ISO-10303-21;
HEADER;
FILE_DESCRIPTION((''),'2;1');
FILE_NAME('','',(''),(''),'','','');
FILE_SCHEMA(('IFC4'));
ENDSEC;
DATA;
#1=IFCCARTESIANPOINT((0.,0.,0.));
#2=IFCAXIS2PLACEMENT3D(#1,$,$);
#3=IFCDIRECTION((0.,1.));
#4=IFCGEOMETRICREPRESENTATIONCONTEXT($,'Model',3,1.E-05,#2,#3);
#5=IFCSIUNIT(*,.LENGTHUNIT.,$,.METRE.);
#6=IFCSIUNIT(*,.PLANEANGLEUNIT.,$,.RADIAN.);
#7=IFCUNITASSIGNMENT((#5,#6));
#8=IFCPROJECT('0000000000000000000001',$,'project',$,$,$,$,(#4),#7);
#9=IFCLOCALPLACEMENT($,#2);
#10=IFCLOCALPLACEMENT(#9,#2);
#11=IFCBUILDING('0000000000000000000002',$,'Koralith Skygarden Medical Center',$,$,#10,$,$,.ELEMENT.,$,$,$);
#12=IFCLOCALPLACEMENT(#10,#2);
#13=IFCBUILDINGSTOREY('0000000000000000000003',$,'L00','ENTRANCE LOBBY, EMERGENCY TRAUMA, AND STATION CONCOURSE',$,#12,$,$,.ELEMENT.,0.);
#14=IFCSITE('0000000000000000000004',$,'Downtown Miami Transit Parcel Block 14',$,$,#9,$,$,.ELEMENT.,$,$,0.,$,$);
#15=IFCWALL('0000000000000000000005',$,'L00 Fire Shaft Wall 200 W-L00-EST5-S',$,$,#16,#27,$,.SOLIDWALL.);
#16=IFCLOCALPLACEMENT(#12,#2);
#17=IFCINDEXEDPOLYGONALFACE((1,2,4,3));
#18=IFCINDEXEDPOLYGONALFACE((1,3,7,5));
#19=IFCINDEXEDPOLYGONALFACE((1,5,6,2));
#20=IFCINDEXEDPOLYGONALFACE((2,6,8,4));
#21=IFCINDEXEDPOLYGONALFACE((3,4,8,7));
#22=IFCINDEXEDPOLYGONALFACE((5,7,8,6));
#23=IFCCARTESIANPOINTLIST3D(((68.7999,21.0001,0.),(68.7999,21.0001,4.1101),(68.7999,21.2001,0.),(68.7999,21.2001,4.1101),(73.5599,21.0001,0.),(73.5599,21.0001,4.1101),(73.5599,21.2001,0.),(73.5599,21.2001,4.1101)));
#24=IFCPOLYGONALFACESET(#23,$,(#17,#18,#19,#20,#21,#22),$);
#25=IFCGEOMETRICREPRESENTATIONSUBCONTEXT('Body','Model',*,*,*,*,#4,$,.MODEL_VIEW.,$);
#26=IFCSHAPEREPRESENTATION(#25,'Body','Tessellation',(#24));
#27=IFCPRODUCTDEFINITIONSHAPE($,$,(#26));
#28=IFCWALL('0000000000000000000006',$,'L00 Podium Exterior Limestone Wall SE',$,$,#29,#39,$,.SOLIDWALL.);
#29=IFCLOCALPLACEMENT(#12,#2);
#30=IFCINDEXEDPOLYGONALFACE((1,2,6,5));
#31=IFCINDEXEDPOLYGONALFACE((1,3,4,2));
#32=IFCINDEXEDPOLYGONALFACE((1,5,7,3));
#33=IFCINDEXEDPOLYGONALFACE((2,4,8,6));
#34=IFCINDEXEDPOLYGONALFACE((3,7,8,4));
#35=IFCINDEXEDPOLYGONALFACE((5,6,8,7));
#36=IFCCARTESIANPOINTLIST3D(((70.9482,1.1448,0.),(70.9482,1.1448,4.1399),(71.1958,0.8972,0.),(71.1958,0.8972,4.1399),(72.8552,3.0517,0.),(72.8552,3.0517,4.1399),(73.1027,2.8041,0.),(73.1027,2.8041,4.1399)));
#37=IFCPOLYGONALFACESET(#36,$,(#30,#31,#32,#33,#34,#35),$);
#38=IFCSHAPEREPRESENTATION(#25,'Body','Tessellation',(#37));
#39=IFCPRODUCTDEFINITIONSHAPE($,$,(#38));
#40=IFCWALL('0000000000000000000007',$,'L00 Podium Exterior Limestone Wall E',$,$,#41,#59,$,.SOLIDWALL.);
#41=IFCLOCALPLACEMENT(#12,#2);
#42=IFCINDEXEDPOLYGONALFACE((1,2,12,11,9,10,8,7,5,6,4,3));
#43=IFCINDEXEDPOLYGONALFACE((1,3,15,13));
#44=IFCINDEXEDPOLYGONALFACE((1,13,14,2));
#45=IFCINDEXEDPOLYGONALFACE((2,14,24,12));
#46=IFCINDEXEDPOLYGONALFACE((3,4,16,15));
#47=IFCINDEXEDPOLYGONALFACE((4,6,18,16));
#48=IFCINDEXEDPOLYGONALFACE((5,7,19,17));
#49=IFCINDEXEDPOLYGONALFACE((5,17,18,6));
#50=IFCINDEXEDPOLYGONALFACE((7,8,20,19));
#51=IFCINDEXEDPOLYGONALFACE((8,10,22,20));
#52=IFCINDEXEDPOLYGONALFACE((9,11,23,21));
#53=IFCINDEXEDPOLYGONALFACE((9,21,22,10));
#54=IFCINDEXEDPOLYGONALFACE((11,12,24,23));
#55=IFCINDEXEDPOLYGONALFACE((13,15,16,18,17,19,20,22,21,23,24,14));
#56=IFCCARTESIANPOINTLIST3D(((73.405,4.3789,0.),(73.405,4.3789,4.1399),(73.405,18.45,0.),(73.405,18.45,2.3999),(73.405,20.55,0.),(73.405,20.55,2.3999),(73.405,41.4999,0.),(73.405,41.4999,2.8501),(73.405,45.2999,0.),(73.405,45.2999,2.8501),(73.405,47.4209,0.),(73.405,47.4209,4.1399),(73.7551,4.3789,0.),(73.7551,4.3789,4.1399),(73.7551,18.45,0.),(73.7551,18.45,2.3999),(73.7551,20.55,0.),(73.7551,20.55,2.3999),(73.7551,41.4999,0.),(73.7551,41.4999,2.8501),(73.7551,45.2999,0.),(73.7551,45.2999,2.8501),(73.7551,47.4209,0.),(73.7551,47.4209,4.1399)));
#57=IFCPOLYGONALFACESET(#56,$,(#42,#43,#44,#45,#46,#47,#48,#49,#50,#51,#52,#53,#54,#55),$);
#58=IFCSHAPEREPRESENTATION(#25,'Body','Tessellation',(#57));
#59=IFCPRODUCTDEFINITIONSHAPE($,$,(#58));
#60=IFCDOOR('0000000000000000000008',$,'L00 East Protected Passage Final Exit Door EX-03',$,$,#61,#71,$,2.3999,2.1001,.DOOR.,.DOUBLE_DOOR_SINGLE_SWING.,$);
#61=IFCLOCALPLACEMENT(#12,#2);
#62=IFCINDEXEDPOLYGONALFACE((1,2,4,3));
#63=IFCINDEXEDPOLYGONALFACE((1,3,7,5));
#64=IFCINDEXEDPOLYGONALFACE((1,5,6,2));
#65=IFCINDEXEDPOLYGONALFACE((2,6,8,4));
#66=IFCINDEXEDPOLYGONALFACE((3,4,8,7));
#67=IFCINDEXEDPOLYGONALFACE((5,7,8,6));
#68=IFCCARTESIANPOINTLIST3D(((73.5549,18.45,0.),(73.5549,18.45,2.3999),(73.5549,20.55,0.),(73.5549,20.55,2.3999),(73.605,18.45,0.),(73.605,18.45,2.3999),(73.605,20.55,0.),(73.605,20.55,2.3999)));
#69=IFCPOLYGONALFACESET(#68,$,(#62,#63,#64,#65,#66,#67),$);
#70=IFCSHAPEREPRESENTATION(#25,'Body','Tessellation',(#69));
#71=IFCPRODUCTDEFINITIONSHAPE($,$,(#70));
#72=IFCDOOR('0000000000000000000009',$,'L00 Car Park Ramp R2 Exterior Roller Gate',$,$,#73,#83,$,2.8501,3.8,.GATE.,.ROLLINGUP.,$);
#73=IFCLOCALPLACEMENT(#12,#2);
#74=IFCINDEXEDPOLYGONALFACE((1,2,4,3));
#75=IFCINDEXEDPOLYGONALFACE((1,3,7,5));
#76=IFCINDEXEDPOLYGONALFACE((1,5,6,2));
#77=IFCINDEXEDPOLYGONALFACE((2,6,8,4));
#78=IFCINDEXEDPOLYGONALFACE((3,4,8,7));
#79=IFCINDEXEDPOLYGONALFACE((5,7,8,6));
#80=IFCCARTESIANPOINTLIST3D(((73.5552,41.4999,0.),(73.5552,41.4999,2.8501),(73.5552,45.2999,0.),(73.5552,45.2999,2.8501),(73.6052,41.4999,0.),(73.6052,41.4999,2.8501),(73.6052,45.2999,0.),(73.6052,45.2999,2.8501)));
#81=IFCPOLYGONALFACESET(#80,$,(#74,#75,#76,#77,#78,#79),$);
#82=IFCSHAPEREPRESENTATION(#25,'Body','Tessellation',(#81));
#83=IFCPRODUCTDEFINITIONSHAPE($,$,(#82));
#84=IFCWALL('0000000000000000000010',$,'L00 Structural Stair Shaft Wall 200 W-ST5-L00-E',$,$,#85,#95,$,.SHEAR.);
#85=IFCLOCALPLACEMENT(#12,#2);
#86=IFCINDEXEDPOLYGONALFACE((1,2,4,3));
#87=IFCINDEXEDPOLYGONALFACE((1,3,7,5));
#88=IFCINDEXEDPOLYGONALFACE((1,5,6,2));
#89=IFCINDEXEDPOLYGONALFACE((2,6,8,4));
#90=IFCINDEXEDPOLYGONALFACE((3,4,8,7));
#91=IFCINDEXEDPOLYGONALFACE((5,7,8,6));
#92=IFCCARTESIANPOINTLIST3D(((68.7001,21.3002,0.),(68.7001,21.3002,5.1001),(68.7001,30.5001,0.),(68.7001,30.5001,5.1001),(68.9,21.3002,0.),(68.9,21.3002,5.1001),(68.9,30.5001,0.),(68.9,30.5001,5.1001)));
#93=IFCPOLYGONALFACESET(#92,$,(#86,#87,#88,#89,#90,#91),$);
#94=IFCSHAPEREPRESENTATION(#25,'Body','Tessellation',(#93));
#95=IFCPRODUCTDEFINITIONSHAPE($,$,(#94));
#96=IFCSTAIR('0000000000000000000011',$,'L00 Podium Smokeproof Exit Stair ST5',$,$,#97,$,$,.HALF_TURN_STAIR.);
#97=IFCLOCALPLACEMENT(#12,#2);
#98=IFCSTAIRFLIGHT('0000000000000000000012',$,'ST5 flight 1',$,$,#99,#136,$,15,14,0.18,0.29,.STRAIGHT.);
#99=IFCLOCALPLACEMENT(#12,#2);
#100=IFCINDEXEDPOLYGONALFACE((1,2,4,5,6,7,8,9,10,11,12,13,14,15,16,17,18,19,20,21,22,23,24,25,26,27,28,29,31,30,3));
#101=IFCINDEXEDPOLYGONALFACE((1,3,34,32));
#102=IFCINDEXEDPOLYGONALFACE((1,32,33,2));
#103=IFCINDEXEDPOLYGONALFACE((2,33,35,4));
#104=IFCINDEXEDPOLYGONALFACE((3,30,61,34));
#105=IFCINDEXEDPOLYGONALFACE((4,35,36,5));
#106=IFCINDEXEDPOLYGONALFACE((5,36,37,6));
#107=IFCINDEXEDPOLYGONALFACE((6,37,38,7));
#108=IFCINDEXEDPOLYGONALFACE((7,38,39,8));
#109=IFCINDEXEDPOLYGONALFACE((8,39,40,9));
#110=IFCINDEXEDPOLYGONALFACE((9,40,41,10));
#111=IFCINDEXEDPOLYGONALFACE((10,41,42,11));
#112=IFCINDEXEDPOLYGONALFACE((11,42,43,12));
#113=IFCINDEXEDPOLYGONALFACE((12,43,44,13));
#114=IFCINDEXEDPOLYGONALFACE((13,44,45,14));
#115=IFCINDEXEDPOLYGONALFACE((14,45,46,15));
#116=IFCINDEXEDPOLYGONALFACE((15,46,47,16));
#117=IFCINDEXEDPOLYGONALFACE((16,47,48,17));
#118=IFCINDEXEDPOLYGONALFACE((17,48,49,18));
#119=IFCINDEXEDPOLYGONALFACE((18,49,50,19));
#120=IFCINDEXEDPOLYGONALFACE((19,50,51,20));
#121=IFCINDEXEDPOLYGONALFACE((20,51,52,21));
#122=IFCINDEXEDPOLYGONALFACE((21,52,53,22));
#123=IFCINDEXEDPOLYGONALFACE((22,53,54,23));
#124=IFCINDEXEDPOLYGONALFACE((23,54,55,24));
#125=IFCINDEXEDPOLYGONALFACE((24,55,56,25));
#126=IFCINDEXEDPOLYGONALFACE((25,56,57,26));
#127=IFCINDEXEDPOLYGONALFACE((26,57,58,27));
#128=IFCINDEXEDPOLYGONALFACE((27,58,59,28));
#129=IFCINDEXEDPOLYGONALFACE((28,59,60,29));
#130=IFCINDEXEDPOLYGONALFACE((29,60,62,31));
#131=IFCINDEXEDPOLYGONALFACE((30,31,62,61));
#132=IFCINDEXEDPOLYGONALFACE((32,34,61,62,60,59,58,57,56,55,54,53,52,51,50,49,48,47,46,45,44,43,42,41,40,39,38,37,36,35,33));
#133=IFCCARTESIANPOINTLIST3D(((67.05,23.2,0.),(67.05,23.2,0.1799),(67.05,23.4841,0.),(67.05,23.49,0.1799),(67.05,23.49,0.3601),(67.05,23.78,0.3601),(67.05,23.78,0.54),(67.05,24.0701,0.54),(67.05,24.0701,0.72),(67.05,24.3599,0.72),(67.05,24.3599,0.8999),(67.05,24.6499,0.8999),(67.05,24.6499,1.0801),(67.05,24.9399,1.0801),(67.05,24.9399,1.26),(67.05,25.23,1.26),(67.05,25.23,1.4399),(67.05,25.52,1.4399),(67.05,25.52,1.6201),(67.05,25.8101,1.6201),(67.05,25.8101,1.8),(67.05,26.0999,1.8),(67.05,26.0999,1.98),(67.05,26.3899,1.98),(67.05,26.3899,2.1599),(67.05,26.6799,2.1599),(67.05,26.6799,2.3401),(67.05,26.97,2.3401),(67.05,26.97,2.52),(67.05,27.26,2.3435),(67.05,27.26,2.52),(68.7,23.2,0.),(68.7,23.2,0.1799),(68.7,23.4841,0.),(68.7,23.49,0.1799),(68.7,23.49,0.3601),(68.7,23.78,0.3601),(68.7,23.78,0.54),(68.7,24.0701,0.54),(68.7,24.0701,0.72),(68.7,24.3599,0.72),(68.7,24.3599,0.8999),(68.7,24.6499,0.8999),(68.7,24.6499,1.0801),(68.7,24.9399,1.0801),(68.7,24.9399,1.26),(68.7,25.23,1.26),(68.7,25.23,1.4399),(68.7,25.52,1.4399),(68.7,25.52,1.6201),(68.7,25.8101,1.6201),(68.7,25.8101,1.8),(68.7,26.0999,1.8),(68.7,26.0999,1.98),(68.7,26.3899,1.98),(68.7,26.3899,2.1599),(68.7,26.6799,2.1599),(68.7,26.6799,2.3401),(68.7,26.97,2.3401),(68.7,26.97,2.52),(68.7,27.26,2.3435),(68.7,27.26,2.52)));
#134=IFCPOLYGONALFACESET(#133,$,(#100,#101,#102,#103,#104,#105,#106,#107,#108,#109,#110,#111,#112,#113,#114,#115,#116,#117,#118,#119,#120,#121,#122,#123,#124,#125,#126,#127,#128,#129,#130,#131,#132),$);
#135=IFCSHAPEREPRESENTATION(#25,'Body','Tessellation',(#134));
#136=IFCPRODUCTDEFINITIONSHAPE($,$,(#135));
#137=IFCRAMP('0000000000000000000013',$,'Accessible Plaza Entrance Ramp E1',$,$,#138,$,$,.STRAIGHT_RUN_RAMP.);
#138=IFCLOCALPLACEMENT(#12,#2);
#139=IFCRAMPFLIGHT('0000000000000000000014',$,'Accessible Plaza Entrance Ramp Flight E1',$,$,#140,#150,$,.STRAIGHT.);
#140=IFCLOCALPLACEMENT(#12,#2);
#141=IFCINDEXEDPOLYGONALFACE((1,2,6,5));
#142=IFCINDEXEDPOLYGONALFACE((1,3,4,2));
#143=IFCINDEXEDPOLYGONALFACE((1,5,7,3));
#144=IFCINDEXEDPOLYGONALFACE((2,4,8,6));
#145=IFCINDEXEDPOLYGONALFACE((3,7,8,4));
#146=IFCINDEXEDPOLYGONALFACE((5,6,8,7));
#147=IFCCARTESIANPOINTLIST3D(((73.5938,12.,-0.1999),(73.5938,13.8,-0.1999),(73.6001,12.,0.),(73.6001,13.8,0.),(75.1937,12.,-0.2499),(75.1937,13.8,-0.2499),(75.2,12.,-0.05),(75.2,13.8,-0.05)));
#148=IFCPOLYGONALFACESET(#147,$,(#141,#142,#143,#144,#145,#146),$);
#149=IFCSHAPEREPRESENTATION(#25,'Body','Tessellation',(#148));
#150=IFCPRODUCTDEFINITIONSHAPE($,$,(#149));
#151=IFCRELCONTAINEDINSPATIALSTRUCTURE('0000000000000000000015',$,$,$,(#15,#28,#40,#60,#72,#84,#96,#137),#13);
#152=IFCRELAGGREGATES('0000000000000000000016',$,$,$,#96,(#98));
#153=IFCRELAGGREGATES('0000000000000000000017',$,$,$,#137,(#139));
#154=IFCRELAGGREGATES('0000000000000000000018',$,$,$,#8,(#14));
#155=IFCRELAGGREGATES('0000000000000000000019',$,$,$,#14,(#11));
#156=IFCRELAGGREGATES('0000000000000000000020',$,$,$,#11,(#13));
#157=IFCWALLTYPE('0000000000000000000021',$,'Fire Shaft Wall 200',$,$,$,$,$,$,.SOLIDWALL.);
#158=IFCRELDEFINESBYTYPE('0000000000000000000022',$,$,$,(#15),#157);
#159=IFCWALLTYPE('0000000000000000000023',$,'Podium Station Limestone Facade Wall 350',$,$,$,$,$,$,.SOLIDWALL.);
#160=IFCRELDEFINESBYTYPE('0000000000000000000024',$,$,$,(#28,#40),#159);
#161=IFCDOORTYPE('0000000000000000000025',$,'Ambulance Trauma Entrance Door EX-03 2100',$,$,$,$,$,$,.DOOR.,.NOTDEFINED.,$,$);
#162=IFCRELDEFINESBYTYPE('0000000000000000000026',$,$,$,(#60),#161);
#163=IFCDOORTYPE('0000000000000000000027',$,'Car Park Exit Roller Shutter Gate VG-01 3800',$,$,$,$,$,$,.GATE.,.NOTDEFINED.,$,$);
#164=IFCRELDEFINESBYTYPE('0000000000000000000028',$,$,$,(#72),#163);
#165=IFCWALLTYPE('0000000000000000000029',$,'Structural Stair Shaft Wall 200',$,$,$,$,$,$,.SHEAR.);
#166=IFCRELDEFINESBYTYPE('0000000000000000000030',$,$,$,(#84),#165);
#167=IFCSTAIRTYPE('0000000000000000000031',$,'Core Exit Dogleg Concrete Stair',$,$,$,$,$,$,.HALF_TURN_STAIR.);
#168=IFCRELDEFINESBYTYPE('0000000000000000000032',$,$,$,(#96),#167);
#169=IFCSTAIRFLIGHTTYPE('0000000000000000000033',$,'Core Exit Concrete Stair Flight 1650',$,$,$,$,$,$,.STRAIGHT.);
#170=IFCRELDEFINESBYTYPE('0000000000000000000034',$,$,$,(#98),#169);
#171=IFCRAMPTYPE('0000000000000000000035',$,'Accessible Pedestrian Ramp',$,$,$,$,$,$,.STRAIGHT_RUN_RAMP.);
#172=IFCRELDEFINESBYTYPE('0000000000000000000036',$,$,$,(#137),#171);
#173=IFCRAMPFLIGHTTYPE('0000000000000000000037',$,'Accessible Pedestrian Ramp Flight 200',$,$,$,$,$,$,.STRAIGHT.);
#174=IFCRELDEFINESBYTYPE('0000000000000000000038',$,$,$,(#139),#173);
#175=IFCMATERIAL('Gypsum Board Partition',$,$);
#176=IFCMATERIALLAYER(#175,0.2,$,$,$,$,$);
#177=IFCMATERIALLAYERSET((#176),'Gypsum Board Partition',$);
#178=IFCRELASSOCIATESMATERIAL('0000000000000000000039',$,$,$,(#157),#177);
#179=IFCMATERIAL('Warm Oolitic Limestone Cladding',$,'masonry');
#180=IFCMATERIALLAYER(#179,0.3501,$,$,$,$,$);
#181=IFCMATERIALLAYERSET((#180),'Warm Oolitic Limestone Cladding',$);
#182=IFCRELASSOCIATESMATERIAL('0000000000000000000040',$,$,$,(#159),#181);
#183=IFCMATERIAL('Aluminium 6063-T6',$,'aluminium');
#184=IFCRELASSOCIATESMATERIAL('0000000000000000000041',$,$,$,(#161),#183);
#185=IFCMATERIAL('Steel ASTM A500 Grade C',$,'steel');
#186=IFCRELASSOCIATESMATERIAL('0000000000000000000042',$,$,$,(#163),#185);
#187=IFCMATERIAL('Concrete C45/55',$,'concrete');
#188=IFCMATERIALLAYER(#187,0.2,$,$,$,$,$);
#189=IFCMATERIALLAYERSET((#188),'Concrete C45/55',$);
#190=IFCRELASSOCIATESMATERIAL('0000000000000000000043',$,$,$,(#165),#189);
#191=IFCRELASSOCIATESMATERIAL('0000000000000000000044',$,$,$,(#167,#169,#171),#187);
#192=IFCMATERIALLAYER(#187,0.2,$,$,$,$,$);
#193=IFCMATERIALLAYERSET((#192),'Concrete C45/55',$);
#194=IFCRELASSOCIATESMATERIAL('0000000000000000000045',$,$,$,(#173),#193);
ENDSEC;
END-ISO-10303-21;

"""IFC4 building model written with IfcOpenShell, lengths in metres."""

from ifc_helpers import new_model, si_unit, direction, frame, frame_2d, origin, place, context, subcontext, project, spatial, polyline, rectangle, outline, extrude, material, layer, layer_set, type_object, element, fill, aggregate, save


model = new_model("IFC4")

# Units and contexts
model_context = context("Model", 3, precision=1e-05, world=origin(), true_north=direction((0.0, 1.0)))
body_context = subcontext(model_context, "Body", "Model", "MODEL_VIEW")
ifc_project = project(units=[si_unit("LENGTHUNIT", "METRE"), si_unit("PLANEANGLEUNIT", "RADIAN")], contexts=[model_context])

# Site, building, storey
site_placement = place(None, origin())
site = spatial("IfcSite", under=ifc_project, at=site_placement, Name="Downtown Miami Transit Parcel Block 14", CompositionType="ELEMENT", RefElevation=0.0)
building_placement = place(site_placement, origin())
building = spatial("IfcBuilding", under=site, at=building_placement, Name="Koralith Skygarden Medical Center", CompositionType="ELEMENT")
storey_placement = place(building_placement, origin())
storey = spatial("IfcBuildingStorey", under=building, at=storey_placement, Name="L00", Description="ENTRANCE LOBBY, EMERGENCY TRAUMA, AND STATION CONCOURSE", CompositionType="ELEMENT", Elevation=0.0)

# Shared definitions
ifc_material_1 = material(Name="Warm Oolitic Limestone Cladding", Category="masonry")

# Walls
ifc_material_2 = material(Name="Gypsum Board Partition")
ifc_layer_1 = layer(ifc_material_2, 0.2)
ifc_layer_set_1 = layer_set([ifc_layer_1], Name="Gypsum Board Partition")
wall_type_1 = type_object("IfcWallType", Name="Fire Shaft Wall 200", PredefinedType="SOLIDWALL", material=ifc_layer_set_1)
wall_1_placement = place(storey_placement, frame((68.8, 21.1001, 0.0), z_axis=(0.0, 0.0, 1.0), x_axis=(1.0, 0.0, 0.0)))
element("IfcWall", 1, at=wall_1_placement, inside=storey, type_object=wall_type_1, Name="L00 Fire Shaft Wall 200 W-L00-EST5-S", PredefinedType="SOLIDWALL", context=body_context, shape_type="SweptSolid", body=[
    extrude(rectangle(XDim=4.76, YDim=0.2, at=frame_2d((2.3799, 0.0))), origin(), (0.0, 0.0, 1.0), 4.1101),
])
ifc_layer_2 = layer(ifc_material_1, 0.3501)
ifc_layer_set_2 = layer_set([ifc_layer_2], Name="Warm Oolitic Limestone Cladding")
wall_type_2 = type_object("IfcWallType", Name="Podium Station Limestone Facade Wall 350", PredefinedType="SOLIDWALL", material=ifc_layer_set_2)
wall_2_placement = place(storey_placement, frame((71.072, 1.021, 0.0), z_axis=(0.0, 0.0, 1.0), x_axis=(0.707107, 0.707107, 0.0)))
element("IfcWall", 2, at=wall_2_placement, inside=storey, type_object=wall_type_2, Name="L00 Podium Exterior Limestone Wall SE", PredefinedType="SOLIDWALL", context=body_context, shape_type="SweptSolid", body=[
    extrude(rectangle(XDim=2.6968, YDim=0.3501, at=frame_2d((1.3484, 0.0))), origin(), (0.0, 0.0, 1.0), 4.1399),
])

# Wall, openings, doors
wall_3_placement = place(storey_placement, frame((73.5801, 4.3789, 0.0), z_axis=(0.0, 0.0, 1.0), x_axis=(0.0, 1.0, 0.0)))
wall_3 = element("IfcWall", 3, at=wall_3_placement, inside=storey, type_object=wall_type_2, Name="L00 Podium Exterior Limestone Wall E", PredefinedType="SOLIDWALL", context=body_context, shape_type="SweptSolid", body=[
    extrude(rectangle(XDim=43.042, YDim=0.3501, at=frame_2d((21.521, 0.0))), origin(), (0.0, 0.0, 1.0), 4.1399),
])
opening_1_placement = place(wall_3_placement, frame((14.071, 0.0, 0.0)))
opening_1 = element("IfcOpeningElement", 4, at=opening_1_placement, cuts=wall_3, PredefinedType="OPENING", context=body_context, shape_type="SweptSolid", body=[
    extrude(rectangle(XDim=2.1001, YDim=2.3999, at=frame_2d((1.05, 1.2))), frame((0.0, 0.1851, 0.0), z_axis=(0.0, -1.0, 0.0), x_axis=(1.0, 0.0, 0.0)), (0.0, 0.0, 1.0), 0.3701),
])
opening_2_placement = place(wall_3_placement, frame((37.1211, 0.0, 0.0)))
opening_2 = element("IfcOpeningElement", 5, at=opening_2_placement, cuts=wall_3, PredefinedType="OPENING", context=body_context, shape_type="SweptSolid", body=[
    extrude(rectangle(XDim=3.8, YDim=2.8501, at=frame_2d((1.8999, 1.425))), frame((0.0, 0.1851, 0.0), z_axis=(0.0, -1.0, 0.0), x_axis=(1.0, 0.0, 0.0)), (0.0, 0.0, 1.0), 0.3701),
])
ifc_material_3 = material(Name="Aluminium 6063-T6", Category="aluminium")
door_type_1 = type_object("IfcDoorType", Name="Ambulance Trauma Entrance Door EX-03 2100", OperationType="NOTDEFINED", PredefinedType="DOOR", material=ifc_material_3)
door_1_placement = place(opening_1_placement, frame((2.1001, 0.0, 0.0), z_axis=(0.0, 0.0, 1.0), x_axis=(-1.0, 0.0, 0.0)))
door_1 = element("IfcDoor", 6, at=door_1_placement, inside=storey, type_object=door_type_1, Name="L00 East Protected Passage Final Exit Door EX-03", OperationType="DOUBLE_DOOR_SINGLE_SWING", OverallHeight=2.3999, OverallWidth=2.1001, PredefinedType="DOOR", context=body_context, shape_type="SweptSolid", body=[
    extrude(rectangle(XDim=2.1001, YDim=2.3999, at=frame_2d((1.05, 1.2))), frame((0.0, 0.0249, 0.0), z_axis=(0.0, -1.0, 0.0), x_axis=(1.0, 0.0, 0.0)), (0.0, 0.0, 1.0), 0.05),
])
fill(opening_1, door_1)
ifc_material_4 = material(Name="Steel ASTM A500 Grade C", Category="steel")
door_type_2 = type_object("IfcDoorType", Name="Car Park Exit Roller Shutter Gate VG-01 3800", OperationType="NOTDEFINED", PredefinedType="GATE", material=ifc_material_4)
door_2_placement = place(opening_2_placement, origin())
door_2 = element("IfcDoor", 7, at=door_2_placement, inside=storey, type_object=door_type_2, Name="L00 Car Park Ramp R2 Exterior Roller Gate", OperationType="ROLLINGUP", OverallHeight=2.8501, OverallWidth=3.8, PredefinedType="GATE", context=body_context, shape_type="SweptSolid", body=[
    extrude(rectangle(XDim=3.8, YDim=2.8501, at=frame_2d((1.8999, 1.425))), frame((0.0, 0.0249, 0.0), z_axis=(0.0, -1.0, 0.0), x_axis=(1.0, 0.0, 0.0)), (0.0, 0.0, 1.0), 0.05),
])
fill(opening_2, door_2)

# Wall
ifc_material_5 = material(Name="Concrete C45/55", Category="concrete")
ifc_layer_3 = layer(ifc_material_5, 0.2)
ifc_layer_set_3 = layer_set([ifc_layer_3], Name="Concrete C45/55")
wall_type_3 = type_object("IfcWallType", Name="Structural Stair Shaft Wall 200", PredefinedType="SHEAR", material=ifc_layer_set_3)
wall_4_placement = place(storey_placement, frame((68.8, 21.3, 0.0), z_axis=(0.0, 0.0, 1.0), x_axis=(0.0, 1.0, 0.0)))
element("IfcWall", 8, at=wall_4_placement, inside=storey, type_object=wall_type_3, Name="L00 Structural Stair Shaft Wall 200 W-ST5-L00-E", PredefinedType="SHEAR", context=body_context, shape_type="SweptSolid", body=[
    extrude(rectangle(XDim=9.2, YDim=0.2, at=frame_2d((4.6001, 0.0))), origin(), (0.0, 0.0, 1.0), 5.1001),
])

# Stair, stair flight
stair_type = type_object("IfcStairType", Name="Core Exit Dogleg Concrete Stair", PredefinedType="HALF_TURN_STAIR", material=ifc_material_5)
stair_placement = place(storey_placement, origin())
stair = element("IfcStair", 9, at=stair_placement, inside=storey, type_object=stair_type, Name="L00 Podium Smokeproof Exit Stair ST5", PredefinedType="HALF_TURN_STAIR")
stair_flight_type = type_object("IfcStairFlightType", Name="Core Exit Concrete Stair Flight 1650", PredefinedType="STRAIGHT", material=ifc_material_5)
stair_flight_placement = place(storey_placement, frame((67.875, 23.2, 0.0), z_axis=(0.0, 0.0, 1.0), x_axis=(0.0, 1.0, 0.0)))
stair_flight = element("IfcStairFlight", 10, at=stair_flight_placement, type_object=stair_flight_type, Name="ST5 flight 1", NumberOfRisers=15, NumberOfTreads=14, PredefinedType="STRAIGHT", RiserHeight=0.18, TreadLength=0.29, context=body_context, shape_type="SweptSolid", body=[
    extrude(outline(polyline([(0.0, 0.0), (0.0, 0.1799), (0.29, 0.1799), (0.29, 0.3601), (0.5801, 0.3601), (0.5801, 0.54), (0.8701, 0.54), (0.8701, 0.72), (1.1599, 0.72), (1.1599, 0.8999), (1.45, 0.8999), (1.45, 1.0801), (1.74, 1.0801), (1.74, 1.26), (2.03, 1.26), (2.03, 1.4399), (2.3201, 1.4399), (2.3201, 1.6201), (2.6101, 1.6201), (2.6101, 1.8), (2.8999, 1.8), (2.8999, 1.98), (3.1899, 1.98), (3.1899, 2.1599), (3.48, 2.1599), (3.48, 2.3401), (3.77, 2.3401), (3.77, 2.52), (4.0601, 2.52), (4.0601, 2.7), (4.0601, 2.3435), (0.2842, 0.0), (0.0, 0.0)])), frame((0.0, 0.825, 0.0), z_axis=(0.0, -1.0, 0.0), x_axis=(1.0, 0.0, 0.0)), (0.0, 0.0, 1.0), 1.6499),
])
aggregate(stair, [stair_flight])

# Ramp, ramp flight
ramp_type = type_object("IfcRampType", Name="Accessible Pedestrian Ramp", PredefinedType="STRAIGHT_RUN_RAMP", material=ifc_material_5)
ramp_placement = place(storey_placement, origin())
ramp = element("IfcRamp", 11, at=ramp_placement, inside=storey, type_object=ramp_type, Name="Accessible Plaza Entrance Ramp E1", PredefinedType="STRAIGHT_RUN_RAMP")
ifc_layer_4 = layer(ifc_material_5, 0.2)
ifc_layer_set_4 = layer_set([ifc_layer_4], Name="Concrete C45/55")
ramp_flight_type = type_object("IfcRampFlightType", Name="Accessible Pedestrian Ramp Flight 200", PredefinedType="STRAIGHT", material=ifc_layer_set_4)
ramp_flight_placement = place(storey_placement, frame((75.2, 12.0, -0.05), z_axis=(0.031268, 0.0, 0.999511), x_axis=(-0.999511, 0.0, 0.031268)))
ramp_flight = element("IfcRampFlight", 12, at=ramp_flight_placement, type_object=ramp_flight_type, Name="Accessible Plaza Entrance Ramp Flight E1", PredefinedType="STRAIGHT", context=body_context, shape_type="SweptSolid", body=[
    extrude(outline(polyline([(0.0, 0.0), (1.6006, 0.0), (1.6006, -1.8), (0.0, -1.8), (0.0, 0.0)])), origin(), (0.0, 0.0, -1.0), 0.2),
])
aggregate(ramp, [ramp_flight])

save(model, "model.ifc")
